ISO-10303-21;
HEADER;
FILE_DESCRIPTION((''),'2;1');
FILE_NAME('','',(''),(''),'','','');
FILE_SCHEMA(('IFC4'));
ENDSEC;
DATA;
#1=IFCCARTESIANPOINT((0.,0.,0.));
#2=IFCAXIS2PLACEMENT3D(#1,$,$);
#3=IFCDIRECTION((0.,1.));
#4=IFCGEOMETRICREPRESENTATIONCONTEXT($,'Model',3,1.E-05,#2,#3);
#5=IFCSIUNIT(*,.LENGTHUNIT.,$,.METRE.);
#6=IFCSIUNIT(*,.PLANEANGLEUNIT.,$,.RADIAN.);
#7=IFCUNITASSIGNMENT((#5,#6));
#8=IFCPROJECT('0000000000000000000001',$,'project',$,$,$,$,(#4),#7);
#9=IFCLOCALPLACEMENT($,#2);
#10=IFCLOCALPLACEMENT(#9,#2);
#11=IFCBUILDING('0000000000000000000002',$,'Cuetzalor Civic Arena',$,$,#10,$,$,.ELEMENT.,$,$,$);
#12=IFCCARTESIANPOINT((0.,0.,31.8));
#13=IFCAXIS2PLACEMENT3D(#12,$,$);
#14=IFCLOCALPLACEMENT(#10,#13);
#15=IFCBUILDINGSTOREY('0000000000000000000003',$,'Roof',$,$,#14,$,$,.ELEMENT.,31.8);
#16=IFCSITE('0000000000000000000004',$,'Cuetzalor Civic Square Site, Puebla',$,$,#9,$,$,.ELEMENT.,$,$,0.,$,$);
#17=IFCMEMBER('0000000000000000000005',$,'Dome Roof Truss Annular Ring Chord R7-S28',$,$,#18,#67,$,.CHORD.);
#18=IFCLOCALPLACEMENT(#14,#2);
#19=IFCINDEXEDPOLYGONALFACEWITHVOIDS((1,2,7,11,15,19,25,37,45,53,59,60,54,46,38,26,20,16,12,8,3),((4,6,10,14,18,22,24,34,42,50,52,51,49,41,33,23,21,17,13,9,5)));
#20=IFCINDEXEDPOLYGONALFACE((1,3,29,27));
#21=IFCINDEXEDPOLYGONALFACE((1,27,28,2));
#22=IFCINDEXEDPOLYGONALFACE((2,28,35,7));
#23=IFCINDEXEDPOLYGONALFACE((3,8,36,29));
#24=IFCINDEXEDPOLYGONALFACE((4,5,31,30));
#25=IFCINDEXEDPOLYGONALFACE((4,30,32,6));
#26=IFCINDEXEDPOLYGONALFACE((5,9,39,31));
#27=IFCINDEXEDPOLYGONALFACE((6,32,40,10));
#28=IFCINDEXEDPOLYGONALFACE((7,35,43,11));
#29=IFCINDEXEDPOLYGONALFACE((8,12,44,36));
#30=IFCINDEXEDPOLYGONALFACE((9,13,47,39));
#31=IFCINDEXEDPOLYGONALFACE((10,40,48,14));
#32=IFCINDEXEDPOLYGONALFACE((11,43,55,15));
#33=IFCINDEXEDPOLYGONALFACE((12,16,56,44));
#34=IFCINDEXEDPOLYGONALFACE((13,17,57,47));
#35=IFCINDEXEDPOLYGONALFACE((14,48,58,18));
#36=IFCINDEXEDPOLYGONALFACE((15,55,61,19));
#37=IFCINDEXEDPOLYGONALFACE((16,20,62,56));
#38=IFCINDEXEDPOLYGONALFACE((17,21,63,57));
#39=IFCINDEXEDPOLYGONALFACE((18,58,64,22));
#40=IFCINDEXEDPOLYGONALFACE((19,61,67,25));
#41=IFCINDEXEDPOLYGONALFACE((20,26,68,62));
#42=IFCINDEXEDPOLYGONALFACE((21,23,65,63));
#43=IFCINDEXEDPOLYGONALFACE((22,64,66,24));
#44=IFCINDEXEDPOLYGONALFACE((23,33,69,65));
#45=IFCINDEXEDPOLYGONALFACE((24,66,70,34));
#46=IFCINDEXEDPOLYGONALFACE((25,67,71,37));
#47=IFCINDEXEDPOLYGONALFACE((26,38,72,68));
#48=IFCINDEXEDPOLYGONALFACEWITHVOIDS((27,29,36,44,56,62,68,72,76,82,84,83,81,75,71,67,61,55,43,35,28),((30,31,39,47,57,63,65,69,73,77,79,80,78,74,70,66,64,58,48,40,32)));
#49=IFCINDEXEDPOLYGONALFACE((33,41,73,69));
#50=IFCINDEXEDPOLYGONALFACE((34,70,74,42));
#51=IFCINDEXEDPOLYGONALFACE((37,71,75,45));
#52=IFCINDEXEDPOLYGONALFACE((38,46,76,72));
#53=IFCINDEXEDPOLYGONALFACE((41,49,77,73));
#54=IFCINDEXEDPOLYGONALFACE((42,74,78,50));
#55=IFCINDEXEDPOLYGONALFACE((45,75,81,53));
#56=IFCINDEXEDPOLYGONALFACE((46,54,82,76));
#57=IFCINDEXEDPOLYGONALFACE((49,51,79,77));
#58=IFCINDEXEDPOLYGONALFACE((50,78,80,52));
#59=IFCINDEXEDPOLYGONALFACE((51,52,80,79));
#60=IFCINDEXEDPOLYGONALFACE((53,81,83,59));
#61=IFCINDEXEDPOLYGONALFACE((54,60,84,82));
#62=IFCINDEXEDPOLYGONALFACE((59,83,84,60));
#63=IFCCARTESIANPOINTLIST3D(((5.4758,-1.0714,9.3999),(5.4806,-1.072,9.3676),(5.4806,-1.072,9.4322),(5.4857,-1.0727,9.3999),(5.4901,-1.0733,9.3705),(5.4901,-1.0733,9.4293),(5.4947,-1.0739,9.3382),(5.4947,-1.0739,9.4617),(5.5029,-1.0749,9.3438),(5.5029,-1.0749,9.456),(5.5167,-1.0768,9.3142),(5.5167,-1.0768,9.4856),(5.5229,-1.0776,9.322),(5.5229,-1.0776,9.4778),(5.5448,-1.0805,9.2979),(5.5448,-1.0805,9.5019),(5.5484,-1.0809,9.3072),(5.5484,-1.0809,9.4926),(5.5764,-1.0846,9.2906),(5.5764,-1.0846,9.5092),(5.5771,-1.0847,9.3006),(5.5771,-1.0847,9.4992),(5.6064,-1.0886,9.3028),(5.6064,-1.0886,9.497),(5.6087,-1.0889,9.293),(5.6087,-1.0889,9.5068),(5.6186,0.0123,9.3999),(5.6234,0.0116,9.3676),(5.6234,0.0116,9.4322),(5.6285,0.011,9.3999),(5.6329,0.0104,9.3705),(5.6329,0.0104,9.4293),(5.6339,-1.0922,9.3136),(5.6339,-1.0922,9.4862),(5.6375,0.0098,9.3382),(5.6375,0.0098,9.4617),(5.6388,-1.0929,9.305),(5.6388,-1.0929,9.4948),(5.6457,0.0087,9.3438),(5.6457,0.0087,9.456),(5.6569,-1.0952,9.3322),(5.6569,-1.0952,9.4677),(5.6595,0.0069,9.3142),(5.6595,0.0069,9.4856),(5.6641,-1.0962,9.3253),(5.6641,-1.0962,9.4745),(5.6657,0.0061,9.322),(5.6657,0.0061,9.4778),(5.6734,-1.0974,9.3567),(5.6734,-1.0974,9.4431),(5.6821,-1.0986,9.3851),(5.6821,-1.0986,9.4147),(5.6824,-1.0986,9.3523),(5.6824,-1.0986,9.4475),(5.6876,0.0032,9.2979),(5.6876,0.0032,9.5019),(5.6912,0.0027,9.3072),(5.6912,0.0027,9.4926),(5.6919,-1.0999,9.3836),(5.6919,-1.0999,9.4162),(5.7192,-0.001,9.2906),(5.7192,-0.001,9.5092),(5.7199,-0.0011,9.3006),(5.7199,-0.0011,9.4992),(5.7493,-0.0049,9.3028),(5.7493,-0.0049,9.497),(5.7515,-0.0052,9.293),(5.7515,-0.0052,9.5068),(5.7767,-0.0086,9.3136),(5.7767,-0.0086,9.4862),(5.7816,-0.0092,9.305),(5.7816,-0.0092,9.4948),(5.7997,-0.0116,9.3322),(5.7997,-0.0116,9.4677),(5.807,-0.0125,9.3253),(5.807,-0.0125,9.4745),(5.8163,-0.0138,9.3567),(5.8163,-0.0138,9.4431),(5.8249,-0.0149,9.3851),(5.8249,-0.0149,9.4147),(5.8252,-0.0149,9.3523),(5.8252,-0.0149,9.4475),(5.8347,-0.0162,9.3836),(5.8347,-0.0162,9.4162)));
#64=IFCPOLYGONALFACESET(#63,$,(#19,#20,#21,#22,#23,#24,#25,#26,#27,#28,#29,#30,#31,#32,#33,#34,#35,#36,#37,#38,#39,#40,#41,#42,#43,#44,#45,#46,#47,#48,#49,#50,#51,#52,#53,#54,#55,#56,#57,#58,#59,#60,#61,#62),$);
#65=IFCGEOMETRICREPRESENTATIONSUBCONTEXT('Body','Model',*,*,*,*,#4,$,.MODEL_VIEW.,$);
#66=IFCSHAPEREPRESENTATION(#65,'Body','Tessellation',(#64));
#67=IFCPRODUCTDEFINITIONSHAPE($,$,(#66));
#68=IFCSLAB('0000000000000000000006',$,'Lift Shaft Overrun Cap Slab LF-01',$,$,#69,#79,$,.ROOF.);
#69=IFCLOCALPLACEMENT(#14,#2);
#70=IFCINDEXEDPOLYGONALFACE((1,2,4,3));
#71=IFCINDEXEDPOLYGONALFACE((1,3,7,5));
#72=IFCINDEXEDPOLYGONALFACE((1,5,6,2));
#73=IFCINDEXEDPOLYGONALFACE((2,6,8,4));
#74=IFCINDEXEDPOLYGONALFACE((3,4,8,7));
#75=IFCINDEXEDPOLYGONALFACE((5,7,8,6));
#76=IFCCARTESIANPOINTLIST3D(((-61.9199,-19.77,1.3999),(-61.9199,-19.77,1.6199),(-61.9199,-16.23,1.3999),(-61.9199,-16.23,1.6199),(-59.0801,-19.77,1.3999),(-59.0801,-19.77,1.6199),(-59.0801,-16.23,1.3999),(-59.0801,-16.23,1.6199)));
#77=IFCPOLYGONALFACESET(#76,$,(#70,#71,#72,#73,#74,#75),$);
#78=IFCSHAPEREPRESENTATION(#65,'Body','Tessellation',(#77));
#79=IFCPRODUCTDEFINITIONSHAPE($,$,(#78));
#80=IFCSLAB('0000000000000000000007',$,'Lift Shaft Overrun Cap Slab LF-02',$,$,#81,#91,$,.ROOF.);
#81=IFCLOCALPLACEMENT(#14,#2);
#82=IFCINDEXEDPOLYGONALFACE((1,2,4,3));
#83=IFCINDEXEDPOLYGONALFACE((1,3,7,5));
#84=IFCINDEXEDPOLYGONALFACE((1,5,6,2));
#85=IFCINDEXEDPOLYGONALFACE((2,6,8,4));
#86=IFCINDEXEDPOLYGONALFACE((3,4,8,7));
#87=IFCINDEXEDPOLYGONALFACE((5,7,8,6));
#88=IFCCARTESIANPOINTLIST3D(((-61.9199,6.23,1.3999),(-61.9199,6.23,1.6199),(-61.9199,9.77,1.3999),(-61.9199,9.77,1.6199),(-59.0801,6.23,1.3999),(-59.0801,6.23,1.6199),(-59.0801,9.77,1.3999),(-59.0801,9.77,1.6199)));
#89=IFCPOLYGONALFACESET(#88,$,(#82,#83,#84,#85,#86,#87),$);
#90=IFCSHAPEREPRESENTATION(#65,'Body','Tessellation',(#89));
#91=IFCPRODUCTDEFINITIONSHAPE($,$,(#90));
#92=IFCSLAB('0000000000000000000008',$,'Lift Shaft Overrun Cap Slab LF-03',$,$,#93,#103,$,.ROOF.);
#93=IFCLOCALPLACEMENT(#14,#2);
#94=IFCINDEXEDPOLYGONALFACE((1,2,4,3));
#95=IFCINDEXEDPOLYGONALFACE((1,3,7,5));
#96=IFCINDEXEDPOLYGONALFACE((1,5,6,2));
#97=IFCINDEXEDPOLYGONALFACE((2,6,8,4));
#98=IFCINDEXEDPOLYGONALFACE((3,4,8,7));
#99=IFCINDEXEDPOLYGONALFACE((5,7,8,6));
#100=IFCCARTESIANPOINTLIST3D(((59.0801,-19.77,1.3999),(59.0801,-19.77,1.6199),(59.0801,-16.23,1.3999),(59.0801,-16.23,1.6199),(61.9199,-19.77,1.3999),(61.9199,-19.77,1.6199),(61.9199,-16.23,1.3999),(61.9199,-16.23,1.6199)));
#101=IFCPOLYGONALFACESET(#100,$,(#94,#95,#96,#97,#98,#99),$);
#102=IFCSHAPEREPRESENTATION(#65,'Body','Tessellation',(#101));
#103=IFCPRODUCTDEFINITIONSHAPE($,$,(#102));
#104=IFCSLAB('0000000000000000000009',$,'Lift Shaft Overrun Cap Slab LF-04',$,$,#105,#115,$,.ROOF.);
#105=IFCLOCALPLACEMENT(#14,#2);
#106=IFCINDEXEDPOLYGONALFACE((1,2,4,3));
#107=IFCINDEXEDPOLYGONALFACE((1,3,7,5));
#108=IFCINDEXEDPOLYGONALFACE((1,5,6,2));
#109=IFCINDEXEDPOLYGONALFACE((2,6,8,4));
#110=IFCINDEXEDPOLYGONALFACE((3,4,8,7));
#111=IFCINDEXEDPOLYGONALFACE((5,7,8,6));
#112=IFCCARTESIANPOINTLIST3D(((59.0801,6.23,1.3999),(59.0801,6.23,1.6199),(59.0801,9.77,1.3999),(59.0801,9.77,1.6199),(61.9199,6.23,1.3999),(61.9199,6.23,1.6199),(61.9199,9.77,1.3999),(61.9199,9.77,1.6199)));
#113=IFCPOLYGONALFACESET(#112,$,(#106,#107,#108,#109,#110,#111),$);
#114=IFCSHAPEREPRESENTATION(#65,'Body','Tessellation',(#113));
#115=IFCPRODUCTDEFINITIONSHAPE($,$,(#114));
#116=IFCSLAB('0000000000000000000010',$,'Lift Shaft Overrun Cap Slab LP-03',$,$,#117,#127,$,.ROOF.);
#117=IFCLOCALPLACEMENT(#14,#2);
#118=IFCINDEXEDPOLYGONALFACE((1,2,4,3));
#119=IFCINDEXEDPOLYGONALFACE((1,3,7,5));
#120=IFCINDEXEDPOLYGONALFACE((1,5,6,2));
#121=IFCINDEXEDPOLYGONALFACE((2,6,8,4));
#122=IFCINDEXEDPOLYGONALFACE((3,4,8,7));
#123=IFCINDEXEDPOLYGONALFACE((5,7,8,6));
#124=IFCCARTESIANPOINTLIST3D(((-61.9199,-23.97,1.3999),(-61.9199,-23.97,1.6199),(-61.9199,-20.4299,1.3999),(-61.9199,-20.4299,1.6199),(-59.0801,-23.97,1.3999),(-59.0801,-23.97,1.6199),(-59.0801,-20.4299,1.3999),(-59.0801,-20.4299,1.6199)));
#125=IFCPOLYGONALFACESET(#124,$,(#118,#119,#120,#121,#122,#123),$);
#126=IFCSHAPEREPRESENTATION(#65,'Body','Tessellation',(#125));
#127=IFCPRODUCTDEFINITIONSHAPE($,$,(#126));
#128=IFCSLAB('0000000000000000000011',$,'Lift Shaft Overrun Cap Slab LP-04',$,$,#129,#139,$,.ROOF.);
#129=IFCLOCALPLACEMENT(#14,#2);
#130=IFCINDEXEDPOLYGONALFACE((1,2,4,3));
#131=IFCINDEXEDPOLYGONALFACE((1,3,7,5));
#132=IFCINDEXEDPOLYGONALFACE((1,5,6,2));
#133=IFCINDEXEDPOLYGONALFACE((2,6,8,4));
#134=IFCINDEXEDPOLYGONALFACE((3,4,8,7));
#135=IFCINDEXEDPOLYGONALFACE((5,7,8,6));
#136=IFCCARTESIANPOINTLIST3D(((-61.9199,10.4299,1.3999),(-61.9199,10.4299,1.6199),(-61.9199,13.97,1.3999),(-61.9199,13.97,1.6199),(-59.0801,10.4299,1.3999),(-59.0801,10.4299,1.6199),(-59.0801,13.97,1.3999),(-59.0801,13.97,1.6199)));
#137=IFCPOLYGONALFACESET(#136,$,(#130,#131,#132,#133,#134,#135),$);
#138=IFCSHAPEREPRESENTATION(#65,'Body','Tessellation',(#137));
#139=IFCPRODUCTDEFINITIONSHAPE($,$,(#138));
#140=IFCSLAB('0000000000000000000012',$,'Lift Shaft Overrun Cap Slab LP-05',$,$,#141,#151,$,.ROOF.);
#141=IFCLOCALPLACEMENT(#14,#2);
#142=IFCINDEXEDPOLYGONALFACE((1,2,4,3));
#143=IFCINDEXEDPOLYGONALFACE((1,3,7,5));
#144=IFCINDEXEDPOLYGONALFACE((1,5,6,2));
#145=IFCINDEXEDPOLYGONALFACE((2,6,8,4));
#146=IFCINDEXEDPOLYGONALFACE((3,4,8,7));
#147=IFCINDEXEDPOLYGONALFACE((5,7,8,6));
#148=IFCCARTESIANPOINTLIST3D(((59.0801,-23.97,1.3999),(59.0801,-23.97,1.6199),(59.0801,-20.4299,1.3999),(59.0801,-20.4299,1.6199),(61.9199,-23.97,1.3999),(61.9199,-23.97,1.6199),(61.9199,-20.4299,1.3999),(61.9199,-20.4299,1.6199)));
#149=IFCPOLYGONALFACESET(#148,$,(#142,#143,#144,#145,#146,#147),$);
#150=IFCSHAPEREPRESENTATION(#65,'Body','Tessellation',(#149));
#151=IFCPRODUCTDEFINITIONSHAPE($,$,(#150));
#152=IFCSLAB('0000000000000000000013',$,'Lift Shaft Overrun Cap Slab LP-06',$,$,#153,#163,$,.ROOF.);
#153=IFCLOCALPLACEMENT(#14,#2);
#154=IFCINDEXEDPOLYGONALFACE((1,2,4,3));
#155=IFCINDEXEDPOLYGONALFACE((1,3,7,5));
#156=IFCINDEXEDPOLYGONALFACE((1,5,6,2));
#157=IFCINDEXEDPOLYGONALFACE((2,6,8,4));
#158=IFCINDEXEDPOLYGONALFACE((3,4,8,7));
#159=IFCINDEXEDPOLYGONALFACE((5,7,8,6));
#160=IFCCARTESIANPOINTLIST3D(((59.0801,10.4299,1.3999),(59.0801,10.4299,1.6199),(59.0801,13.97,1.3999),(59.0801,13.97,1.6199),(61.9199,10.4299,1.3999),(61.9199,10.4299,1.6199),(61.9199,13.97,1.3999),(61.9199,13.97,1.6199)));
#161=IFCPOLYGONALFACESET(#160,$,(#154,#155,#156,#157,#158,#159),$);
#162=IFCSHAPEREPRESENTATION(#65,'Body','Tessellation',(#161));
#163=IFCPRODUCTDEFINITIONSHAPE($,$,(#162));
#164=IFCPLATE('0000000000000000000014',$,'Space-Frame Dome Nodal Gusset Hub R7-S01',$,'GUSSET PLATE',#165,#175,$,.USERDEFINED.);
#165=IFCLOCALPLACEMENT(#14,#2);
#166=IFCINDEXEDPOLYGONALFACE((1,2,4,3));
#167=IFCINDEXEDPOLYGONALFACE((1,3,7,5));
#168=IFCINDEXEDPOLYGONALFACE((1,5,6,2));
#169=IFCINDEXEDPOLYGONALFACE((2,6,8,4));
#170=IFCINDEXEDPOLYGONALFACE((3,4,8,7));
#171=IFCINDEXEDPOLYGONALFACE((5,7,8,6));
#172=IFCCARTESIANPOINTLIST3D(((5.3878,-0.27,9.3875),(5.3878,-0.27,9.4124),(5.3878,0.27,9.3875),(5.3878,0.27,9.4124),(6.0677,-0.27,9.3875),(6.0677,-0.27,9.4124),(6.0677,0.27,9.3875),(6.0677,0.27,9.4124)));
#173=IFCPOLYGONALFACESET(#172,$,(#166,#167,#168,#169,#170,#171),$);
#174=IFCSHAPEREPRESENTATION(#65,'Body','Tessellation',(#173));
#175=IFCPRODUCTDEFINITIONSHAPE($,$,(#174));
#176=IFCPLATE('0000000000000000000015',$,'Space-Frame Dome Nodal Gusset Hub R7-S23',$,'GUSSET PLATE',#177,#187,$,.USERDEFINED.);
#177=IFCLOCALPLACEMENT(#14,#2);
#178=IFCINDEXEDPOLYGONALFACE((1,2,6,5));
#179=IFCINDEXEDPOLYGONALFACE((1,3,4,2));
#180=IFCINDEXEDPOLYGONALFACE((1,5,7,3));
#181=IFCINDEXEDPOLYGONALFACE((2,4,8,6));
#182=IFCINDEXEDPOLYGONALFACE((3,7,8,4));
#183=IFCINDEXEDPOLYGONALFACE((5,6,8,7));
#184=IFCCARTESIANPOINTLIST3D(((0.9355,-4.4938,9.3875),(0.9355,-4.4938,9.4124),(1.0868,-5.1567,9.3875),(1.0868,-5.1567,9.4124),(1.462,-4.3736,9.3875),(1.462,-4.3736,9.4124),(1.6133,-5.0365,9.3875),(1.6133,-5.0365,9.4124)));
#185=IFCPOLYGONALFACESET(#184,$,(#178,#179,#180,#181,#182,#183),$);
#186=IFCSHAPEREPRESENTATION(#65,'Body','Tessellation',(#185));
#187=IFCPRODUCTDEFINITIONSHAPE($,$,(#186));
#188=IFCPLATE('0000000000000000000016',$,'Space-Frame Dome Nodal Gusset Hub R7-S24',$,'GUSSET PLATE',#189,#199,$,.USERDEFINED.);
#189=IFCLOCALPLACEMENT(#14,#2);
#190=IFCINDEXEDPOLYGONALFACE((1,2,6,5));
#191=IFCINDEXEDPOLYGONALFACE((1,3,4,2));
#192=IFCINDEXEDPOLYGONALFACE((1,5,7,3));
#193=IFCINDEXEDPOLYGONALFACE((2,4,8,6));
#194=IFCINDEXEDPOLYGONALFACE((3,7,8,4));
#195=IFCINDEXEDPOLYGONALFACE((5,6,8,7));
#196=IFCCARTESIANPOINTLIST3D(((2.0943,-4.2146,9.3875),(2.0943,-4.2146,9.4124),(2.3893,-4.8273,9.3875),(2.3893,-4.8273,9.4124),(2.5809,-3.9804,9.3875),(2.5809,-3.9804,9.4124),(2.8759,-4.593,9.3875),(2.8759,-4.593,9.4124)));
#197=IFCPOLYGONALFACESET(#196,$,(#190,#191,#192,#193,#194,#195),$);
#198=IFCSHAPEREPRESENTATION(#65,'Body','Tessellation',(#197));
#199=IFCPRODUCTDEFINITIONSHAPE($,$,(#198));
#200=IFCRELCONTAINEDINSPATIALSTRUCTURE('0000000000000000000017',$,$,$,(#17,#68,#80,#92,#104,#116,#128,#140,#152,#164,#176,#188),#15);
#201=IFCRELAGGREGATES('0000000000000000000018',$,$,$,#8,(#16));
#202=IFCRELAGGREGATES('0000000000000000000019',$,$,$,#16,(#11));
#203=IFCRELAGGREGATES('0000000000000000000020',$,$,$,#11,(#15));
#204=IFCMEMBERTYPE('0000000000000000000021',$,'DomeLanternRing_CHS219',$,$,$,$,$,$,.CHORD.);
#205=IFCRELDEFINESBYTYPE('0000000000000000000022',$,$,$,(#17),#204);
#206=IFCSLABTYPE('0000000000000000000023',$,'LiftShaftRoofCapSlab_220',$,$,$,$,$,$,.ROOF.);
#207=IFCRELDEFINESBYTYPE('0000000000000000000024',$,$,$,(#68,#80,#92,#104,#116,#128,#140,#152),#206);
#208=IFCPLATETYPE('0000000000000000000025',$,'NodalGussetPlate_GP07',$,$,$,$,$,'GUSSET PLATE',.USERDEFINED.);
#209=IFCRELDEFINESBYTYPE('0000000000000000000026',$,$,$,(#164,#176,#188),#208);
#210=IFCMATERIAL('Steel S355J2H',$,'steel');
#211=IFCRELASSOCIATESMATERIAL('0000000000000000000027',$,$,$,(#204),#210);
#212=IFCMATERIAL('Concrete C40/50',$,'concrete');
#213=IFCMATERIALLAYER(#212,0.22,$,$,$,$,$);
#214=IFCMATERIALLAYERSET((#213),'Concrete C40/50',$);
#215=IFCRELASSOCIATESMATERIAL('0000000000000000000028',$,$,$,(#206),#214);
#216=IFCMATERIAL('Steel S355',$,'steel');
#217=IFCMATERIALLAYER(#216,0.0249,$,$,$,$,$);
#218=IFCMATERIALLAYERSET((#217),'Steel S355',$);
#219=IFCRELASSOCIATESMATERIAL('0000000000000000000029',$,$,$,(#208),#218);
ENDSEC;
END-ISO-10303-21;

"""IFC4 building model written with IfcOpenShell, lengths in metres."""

from ifc_helpers import new_model, si_unit, direction, frame, origin, origin_2d, place, context, subcontext, project, spatial, polyline, rectangle, hollow_circle, outline, extrude, material, layer, layer_set, material_profile, profile_set, type_object, element, save


model = new_model("IFC4")

# Units and contexts
model_context = context("Model", 3, precision=1e-05, world=origin(), true_north=direction((0.0, 1.0)))
body_context = subcontext(model_context, "Body", "Model", "MODEL_VIEW")
ifc_project = project(units=[si_unit("LENGTHUNIT", "METRE"), si_unit("PLANEANGLEUNIT", "RADIAN")], contexts=[model_context])

# Site, building, storey
site_placement = place(None, origin())
site = spatial("IfcSite", under=ifc_project, at=site_placement, Name="Cuetzalor Civic Square Site, Puebla", CompositionType="ELEMENT", RefElevation=0.0)
building_placement = place(site_placement, origin())
building = spatial("IfcBuilding", under=site, at=building_placement, Name="Cuetzalor Civic Arena", CompositionType="ELEMENT")
storey_placement = place(building_placement, frame((0.0, 0.0, 31.8)))
storey = spatial("IfcBuildingStorey", under=building, at=storey_placement, Name="Roof", CompositionType="ELEMENT", Elevation=31.8)

# Member
ifc_material_1 = material(Name="Steel S355J2H", Category="steel")
ifc_material_profile = material_profile(ifc_material_1, hollow_circle(Radius=0.1096, WallThickness=0.01, at=origin_2d()), Name="CHS 219.1x10")
ifc_profile_set = profile_set([ifc_material_profile], Name="Steel S355J2H")
member_type = type_object("IfcMemberType", Name="DomeLanternRing_CHS219", PredefinedType="CHORD", material=ifc_profile_set)
member_1_placement = place(storey_placement, frame((5.5845, -1.0857, 9.3999), z_axis=(0.130657, 0.991428, 0.0), x_axis=(-0.991428, 0.130657, 0.0)))
element("IfcMember", 1, at=member_1_placement, inside=storey, type_object=member_type, Name="Dome Roof Truss Annular Ring Chord R7-S28", PredefinedType="CHORD", context=body_context, shape_type="SweptSolid", body=[
    extrude(hollow_circle(Radius=0.1096, WallThickness=0.01, at=origin_2d()), origin(), (0.0, 0.0, 1.0), 1.093),
])

# Slabs
ifc_material_2 = material(Name="Concrete C40/50", Category="concrete")
ifc_layer_1 = layer(ifc_material_2, 0.22)
ifc_layer_set_1 = layer_set([ifc_layer_1], Name="Concrete C40/50")
slab_type = type_object("IfcSlabType", Name="LiftShaftRoofCapSlab_220", PredefinedType="ROOF", material=ifc_layer_set_1)
slab_1_placement = place(storey_placement, frame((0.0, 0.0, 1.3999)))
element("IfcSlab", 2, at=slab_1_placement, inside=storey, type_object=slab_type, Name="Lift Shaft Overrun Cap Slab LF-01", PredefinedType="ROOF", context=body_context, shape_type="SweptSolid", body=[
    extrude(outline(polyline([(-61.9199, -19.77), (-59.0801, -19.77), (-59.0801, -16.23), (-61.9199, -16.23), (-61.9199, -19.77)])), origin(), (0.0, 0.0, 1.0), 0.22),
])
slab_2_placement = place(storey_placement, frame((0.0, 0.0, 1.3999)))
element("IfcSlab", 3, at=slab_2_placement, inside=storey, type_object=slab_type, Name="Lift Shaft Overrun Cap Slab LF-02", PredefinedType="ROOF", context=body_context, shape_type="SweptSolid", body=[
    extrude(outline(polyline([(-61.9199, 6.23), (-59.0801, 6.23), (-59.0801, 9.77), (-61.9199, 9.77), (-61.9199, 6.23)])), origin(), (0.0, 0.0, 1.0), 0.22),
])
slab_3_placement = place(storey_placement, frame((0.0, 0.0, 1.3999)))
element("IfcSlab", 4, at=slab_3_placement, inside=storey, type_object=slab_type, Name="Lift Shaft Overrun Cap Slab LF-03", PredefinedType="ROOF", context=body_context, shape_type="SweptSolid", body=[
    extrude(outline(polyline([(59.0801, -19.77), (61.9199, -19.77), (61.9199, -16.23), (59.0801, -16.23), (59.0801, -19.77)])), origin(), (0.0, 0.0, 1.0), 0.22),
])
slab_4_placement = place(storey_placement, frame((0.0, 0.0, 1.3999)))
element("IfcSlab", 5, at=slab_4_placement, inside=storey, type_object=slab_type, Name="Lift Shaft Overrun Cap Slab LF-04", PredefinedType="ROOF", context=body_context, shape_type="SweptSolid", body=[
    extrude(outline(polyline([(59.0801, 6.23), (61.9199, 6.23), (61.9199, 9.77), (59.0801, 9.77), (59.0801, 6.23)])), origin(), (0.0, 0.0, 1.0), 0.22),
])
slab_5_placement = place(storey_placement, frame((0.0, 0.0, 1.3999)))
element("IfcSlab", 6, at=slab_5_placement, inside=storey, type_object=slab_type, Name="Lift Shaft Overrun Cap Slab LP-03", PredefinedType="ROOF", context=body_context, shape_type="SweptSolid", body=[
    extrude(outline(polyline([(-61.9199, -23.97), (-59.0801, -23.97), (-59.0801, -20.4299), (-61.9199, -20.4299), (-61.9199, -23.97)])), origin(), (0.0, 0.0, 1.0), 0.22),
])
slab_6_placement = place(storey_placement, frame((0.0, 0.0, 1.3999)))
element("IfcSlab", 7, at=slab_6_placement, inside=storey, type_object=slab_type, Name="Lift Shaft Overrun Cap Slab LP-04", PredefinedType="ROOF", context=body_context, shape_type="SweptSolid", body=[
    extrude(outline(polyline([(-61.9199, 10.4299), (-59.0801, 10.4299), (-59.0801, 13.97), (-61.9199, 13.97), (-61.9199, 10.4299)])), origin(), (0.0, 0.0, 1.0), 0.22),
])
slab_7_placement = place(storey_placement, frame((0.0, 0.0, 1.3999)))
element("IfcSlab", 8, at=slab_7_placement, inside=storey, type_object=slab_type, Name="Lift Shaft Overrun Cap Slab LP-05", PredefinedType="ROOF", context=body_context, shape_type="SweptSolid", body=[
    extrude(outline(polyline([(59.0801, -23.97), (61.9199, -23.97), (61.9199, -20.4299), (59.0801, -20.4299), (59.0801, -23.97)])), origin(), (0.0, 0.0, 1.0), 0.22),
])
slab_8_placement = place(storey_placement, frame((0.0, 0.0, 1.3999)))
element("IfcSlab", 9, at=slab_8_placement, inside=storey, type_object=slab_type, Name="Lift Shaft Overrun Cap Slab LP-06", PredefinedType="ROOF", context=body_context, shape_type="SweptSolid", body=[
    extrude(outline(polyline([(59.0801, 10.4299), (61.9199, 10.4299), (61.9199, 13.97), (59.0801, 13.97), (59.0801, 10.4299)])), origin(), (0.0, 0.0, 1.0), 0.22),
])

# Plates
ifc_material_3 = material(Name="Steel S355", Category="steel")
ifc_layer_2 = layer(ifc_material_3, 0.0249)
ifc_layer_set_2 = layer_set([ifc_layer_2], Name="Steel S355")
plate_type = type_object("IfcPlateType", Name="NodalGussetPlate_GP07", ElementType="GUSSET PLATE", PredefinedType="USERDEFINED", material=ifc_layer_set_2)
for number, where, z_axis, x_axis, name in (
    (10, (5.7278, 0.0, 9.3875), (0.0, 0.0, 1.0), (1.0, 0.0, 0.0), "Space-Frame Dome Nodal Gusset Hub R7-S01"),
    (11, (1.2744, -4.7651, 9.3875), (0.0, 0.0, 1.0), (0.22257, -0.974917, 0.0), "Space-Frame Dome Nodal Gusset Hub R7-S23"),
    (12, (2.4851, -4.4038, 9.3875), (0.0, 0.0, 1.0), (0.433816, -0.901001, 0.0), "Space-Frame Dome Nodal Gusset Hub R7-S24"),
):
    element("IfcPlate", number, at=place(storey_placement, frame(where, z_axis=z_axis, x_axis=x_axis)), inside=storey, type_object=plate_type, Name=name, ObjectType="GUSSET PLATE", PredefinedType="USERDEFINED", context=body_context, shape_type="SweptSolid", body=[
        extrude(rectangle(XDim=0.6799, YDim=0.54, at=origin_2d()), origin(), (0.0, 0.0, 1.0), 0.0249),
    ])

save(model, "model.ifc")
